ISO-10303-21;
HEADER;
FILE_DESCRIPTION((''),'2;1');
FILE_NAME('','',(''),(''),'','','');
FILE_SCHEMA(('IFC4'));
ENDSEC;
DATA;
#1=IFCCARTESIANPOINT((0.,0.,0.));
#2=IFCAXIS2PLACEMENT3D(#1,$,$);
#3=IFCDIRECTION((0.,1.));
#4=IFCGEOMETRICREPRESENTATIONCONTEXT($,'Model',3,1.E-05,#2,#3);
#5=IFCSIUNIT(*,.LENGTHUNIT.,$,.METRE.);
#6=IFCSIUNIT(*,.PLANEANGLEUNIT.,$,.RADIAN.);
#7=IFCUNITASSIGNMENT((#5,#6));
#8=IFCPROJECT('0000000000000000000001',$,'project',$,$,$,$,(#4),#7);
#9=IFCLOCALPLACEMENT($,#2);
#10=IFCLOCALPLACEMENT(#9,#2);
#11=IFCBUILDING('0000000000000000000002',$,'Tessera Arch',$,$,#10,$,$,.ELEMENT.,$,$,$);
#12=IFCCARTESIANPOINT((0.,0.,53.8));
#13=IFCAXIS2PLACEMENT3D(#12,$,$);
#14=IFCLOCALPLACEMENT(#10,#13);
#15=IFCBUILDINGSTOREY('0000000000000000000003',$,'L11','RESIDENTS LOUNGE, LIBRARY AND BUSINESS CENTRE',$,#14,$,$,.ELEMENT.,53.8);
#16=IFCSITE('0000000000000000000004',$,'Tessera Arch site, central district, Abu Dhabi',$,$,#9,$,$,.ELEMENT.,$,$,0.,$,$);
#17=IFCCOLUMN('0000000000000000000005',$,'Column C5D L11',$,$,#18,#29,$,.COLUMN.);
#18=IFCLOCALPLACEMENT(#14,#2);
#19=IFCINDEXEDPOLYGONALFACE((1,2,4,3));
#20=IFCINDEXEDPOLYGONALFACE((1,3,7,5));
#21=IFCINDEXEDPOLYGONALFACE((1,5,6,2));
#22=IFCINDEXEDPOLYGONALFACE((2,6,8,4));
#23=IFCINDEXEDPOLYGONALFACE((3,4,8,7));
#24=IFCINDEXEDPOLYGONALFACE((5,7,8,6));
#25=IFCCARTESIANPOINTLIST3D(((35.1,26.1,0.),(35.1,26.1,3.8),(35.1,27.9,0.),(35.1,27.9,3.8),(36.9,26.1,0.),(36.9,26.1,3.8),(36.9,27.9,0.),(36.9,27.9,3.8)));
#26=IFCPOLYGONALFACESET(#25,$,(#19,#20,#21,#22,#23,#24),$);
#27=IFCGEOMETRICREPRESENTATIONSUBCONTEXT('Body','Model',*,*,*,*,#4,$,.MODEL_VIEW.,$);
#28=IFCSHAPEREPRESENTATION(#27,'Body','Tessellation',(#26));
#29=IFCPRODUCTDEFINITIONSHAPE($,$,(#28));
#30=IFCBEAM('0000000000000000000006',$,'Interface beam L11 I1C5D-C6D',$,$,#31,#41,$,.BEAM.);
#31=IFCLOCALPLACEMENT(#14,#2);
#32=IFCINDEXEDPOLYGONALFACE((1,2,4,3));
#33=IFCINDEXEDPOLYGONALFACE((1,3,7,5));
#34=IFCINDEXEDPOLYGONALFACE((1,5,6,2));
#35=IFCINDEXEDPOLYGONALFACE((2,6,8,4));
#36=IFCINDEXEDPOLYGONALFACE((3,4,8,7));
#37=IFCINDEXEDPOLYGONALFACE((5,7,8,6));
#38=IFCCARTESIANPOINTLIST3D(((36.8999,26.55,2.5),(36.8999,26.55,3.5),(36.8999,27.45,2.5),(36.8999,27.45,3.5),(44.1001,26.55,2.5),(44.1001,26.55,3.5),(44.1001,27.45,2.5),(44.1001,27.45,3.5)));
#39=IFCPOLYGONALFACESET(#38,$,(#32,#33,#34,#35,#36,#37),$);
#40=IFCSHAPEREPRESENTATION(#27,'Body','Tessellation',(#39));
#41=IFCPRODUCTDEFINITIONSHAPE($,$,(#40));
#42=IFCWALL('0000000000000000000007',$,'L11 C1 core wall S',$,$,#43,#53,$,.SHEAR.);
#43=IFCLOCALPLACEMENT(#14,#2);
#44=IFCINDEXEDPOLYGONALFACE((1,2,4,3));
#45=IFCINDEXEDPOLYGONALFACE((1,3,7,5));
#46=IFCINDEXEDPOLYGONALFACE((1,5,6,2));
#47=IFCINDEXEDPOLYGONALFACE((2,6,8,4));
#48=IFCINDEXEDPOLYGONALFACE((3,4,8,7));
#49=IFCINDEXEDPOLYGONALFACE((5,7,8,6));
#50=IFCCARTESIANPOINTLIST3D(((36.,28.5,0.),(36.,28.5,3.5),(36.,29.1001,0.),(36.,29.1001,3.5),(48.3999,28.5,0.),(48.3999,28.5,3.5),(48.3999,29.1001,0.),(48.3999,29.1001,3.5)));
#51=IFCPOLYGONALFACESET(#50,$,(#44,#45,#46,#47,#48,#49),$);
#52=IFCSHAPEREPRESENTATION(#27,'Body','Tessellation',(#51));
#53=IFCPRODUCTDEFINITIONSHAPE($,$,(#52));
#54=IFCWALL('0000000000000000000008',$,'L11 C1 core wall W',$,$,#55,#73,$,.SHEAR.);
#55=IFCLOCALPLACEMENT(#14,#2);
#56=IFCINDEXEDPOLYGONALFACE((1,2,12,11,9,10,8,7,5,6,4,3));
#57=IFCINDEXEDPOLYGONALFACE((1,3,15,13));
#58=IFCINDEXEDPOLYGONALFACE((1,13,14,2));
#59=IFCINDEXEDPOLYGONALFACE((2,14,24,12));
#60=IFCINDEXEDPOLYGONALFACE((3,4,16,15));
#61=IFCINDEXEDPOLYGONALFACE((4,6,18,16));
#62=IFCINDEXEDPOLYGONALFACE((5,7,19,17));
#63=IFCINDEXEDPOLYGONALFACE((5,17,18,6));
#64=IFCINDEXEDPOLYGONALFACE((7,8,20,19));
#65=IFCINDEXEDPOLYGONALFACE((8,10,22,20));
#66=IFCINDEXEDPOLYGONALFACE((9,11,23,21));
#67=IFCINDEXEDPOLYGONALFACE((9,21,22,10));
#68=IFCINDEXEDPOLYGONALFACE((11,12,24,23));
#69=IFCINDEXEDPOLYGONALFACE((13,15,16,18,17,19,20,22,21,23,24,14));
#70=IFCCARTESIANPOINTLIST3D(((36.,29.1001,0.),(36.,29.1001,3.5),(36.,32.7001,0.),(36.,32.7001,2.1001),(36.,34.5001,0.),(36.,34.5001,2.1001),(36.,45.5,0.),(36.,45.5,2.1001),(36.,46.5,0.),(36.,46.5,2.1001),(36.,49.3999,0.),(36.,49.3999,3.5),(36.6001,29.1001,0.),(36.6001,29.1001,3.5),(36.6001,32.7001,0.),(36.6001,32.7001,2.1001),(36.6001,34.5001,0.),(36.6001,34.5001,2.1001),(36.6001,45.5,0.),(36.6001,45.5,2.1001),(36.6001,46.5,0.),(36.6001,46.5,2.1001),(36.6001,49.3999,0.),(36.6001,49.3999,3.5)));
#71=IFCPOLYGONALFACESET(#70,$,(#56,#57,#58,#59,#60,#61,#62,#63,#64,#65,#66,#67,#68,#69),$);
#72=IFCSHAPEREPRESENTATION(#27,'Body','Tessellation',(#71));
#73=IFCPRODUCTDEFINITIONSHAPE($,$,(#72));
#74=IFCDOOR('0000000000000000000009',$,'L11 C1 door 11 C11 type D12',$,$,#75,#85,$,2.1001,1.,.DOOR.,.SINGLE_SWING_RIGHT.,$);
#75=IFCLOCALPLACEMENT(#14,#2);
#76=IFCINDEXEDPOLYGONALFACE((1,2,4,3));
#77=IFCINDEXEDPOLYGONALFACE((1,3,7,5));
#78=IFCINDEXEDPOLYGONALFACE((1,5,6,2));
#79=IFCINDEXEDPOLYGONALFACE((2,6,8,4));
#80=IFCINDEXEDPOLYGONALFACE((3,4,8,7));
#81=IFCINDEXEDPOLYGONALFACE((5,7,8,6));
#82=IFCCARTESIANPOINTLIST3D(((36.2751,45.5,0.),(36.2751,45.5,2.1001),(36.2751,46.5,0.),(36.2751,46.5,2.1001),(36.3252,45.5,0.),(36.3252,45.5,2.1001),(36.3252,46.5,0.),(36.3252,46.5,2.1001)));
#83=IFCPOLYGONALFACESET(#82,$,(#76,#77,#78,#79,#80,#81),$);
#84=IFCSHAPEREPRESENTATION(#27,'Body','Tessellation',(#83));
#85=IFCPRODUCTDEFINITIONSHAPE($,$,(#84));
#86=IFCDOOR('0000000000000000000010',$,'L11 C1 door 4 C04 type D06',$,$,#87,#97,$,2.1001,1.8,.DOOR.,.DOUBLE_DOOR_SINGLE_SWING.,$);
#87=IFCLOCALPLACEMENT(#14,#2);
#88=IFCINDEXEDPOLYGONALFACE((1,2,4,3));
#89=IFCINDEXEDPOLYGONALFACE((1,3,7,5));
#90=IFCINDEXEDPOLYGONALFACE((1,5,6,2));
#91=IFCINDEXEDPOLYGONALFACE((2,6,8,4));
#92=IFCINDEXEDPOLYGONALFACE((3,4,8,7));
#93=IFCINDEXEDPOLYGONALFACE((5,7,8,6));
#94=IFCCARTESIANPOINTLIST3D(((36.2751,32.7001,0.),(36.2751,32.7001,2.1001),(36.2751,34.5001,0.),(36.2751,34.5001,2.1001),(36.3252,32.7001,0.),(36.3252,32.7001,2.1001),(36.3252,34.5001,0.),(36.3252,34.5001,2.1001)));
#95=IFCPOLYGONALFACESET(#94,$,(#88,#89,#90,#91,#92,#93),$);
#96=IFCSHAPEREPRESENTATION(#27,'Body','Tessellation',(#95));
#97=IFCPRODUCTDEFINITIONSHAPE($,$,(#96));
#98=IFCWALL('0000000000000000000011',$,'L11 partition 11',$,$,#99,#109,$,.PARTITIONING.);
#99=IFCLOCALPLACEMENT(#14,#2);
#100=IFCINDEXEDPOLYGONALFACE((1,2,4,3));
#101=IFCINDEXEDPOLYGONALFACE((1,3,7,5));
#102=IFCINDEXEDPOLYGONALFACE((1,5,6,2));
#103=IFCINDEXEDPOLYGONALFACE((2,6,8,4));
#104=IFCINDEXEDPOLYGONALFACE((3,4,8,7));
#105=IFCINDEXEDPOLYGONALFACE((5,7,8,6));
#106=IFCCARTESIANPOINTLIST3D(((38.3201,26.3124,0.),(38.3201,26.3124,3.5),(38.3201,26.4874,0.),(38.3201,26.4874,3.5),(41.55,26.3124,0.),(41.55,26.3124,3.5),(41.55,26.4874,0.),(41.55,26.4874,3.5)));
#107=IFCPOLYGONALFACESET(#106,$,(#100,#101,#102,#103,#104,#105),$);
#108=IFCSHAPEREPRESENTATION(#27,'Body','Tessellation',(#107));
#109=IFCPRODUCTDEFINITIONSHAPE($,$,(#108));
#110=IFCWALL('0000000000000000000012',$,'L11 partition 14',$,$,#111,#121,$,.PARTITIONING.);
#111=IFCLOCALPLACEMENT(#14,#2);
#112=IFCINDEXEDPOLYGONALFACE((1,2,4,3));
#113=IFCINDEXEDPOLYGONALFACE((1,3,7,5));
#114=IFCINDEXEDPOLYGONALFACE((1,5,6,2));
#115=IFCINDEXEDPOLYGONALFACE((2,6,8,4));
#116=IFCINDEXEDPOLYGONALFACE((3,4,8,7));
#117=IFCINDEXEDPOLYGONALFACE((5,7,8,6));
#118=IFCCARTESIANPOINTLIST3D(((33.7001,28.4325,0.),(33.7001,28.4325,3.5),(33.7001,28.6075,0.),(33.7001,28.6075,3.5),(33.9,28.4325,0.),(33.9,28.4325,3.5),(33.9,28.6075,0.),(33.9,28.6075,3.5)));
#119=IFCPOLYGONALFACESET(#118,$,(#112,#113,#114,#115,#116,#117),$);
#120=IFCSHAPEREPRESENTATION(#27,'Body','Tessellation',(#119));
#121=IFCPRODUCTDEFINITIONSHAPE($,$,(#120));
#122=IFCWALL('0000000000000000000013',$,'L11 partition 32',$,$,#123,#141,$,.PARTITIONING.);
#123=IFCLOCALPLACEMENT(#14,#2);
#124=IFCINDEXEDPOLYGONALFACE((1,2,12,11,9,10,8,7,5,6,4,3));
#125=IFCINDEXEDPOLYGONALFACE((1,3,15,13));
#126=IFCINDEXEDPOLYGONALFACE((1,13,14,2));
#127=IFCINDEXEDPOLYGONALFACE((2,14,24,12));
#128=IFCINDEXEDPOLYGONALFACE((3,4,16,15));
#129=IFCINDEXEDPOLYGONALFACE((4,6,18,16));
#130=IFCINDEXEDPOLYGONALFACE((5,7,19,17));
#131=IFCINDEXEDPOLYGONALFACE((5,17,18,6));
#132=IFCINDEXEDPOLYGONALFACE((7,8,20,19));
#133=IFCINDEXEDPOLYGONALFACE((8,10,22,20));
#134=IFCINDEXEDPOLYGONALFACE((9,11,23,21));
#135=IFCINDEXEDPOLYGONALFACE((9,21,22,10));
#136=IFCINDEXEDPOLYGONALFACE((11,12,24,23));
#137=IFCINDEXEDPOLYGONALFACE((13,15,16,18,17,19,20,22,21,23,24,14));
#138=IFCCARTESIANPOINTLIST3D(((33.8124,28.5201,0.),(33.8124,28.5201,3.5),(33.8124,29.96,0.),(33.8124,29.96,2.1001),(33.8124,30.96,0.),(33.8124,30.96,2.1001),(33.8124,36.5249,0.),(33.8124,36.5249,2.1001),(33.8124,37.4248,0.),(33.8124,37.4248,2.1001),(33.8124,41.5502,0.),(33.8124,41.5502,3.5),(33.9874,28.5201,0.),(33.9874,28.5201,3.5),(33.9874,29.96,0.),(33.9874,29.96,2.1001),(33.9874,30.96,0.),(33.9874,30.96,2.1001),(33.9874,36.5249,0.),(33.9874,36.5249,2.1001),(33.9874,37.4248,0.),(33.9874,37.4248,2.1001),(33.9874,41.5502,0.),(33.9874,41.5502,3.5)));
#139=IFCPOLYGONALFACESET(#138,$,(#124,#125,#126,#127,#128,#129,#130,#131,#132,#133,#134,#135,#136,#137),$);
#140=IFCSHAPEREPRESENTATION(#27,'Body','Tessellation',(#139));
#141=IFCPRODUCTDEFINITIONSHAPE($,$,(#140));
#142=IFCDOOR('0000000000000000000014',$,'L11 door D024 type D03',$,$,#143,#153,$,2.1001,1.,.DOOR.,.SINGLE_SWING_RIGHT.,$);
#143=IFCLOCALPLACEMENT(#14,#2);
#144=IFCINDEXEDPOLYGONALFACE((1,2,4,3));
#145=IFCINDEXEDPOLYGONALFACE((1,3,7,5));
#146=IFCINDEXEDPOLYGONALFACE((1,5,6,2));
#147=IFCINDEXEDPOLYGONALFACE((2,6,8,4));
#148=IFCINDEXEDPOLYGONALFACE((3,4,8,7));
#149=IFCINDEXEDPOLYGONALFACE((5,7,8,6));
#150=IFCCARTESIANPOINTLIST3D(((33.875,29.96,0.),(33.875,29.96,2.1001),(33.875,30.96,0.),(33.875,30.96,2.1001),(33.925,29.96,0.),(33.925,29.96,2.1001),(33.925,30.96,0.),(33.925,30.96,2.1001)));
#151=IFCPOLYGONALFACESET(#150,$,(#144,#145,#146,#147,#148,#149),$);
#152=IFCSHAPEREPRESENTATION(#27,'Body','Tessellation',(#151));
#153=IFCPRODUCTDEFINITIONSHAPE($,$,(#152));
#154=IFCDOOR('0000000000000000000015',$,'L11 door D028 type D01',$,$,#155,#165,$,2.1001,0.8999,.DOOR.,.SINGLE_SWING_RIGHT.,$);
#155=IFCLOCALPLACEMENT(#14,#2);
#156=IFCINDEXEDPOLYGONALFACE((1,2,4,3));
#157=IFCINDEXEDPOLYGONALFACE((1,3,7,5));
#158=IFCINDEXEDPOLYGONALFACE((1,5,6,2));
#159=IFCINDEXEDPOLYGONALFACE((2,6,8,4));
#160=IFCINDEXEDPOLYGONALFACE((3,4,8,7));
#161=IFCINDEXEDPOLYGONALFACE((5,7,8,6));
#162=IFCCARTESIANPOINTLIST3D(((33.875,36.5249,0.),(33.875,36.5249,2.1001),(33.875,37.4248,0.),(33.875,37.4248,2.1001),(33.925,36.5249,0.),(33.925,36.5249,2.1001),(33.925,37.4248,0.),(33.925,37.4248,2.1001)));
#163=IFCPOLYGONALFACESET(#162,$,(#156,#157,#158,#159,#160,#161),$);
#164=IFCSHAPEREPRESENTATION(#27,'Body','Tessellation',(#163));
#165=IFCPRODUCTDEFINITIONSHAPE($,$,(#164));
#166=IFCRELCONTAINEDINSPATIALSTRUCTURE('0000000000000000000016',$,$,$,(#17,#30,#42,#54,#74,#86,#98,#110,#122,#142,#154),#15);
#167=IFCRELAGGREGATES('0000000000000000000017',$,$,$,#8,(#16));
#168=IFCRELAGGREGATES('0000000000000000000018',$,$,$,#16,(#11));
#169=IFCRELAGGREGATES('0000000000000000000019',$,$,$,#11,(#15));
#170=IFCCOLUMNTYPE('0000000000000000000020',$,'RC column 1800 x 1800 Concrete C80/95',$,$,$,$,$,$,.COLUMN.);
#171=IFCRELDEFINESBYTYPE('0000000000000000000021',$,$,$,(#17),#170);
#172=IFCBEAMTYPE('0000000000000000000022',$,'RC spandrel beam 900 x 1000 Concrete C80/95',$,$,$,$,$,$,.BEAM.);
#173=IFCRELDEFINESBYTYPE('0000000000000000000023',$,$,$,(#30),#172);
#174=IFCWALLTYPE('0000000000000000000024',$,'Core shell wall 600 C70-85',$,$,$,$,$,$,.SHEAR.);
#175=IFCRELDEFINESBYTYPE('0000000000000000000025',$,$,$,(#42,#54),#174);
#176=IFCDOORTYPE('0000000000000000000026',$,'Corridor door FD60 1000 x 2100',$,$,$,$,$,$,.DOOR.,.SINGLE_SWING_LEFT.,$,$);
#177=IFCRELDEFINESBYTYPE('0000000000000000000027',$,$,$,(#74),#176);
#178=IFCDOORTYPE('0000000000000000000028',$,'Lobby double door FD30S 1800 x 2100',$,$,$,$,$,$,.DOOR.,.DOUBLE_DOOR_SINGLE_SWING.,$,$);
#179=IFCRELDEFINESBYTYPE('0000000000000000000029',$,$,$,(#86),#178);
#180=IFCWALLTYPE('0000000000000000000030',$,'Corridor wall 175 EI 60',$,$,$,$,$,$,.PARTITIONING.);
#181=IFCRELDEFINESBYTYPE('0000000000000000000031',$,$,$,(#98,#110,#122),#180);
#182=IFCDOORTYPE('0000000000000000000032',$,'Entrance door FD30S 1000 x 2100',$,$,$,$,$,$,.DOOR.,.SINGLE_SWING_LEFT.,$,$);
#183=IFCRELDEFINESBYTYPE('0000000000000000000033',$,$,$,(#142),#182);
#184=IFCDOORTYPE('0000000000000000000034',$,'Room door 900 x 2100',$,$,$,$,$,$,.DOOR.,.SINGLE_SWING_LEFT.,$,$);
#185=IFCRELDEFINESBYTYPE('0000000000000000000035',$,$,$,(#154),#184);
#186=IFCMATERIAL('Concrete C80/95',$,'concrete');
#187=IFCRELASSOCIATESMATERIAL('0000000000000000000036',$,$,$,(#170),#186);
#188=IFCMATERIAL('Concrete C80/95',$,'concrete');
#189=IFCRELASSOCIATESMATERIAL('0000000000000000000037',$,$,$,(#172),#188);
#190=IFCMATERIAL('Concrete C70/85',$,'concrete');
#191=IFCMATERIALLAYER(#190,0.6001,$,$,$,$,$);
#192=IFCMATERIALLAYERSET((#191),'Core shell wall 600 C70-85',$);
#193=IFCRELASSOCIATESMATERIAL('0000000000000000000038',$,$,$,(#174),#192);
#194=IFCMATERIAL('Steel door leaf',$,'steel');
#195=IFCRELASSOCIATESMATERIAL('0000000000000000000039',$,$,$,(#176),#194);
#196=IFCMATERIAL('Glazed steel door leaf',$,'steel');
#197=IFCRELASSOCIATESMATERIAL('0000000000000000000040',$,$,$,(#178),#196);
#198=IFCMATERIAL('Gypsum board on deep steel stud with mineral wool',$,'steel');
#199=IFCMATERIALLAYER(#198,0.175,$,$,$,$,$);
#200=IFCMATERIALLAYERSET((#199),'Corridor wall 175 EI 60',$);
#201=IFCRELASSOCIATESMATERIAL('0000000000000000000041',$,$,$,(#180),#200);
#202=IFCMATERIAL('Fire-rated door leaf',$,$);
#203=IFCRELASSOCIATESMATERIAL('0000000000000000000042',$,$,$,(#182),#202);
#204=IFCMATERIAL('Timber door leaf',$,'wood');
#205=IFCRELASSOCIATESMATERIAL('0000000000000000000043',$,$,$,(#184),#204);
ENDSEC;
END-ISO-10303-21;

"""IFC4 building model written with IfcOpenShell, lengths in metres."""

from ifc_helpers import new_model, si_unit, direction, frame, frame_2d, origin, origin_2d, place, context, subcontext, project, spatial, rectangle, extrude, material, layer, layer_set, material_profile, profile_set, type_object, element, fill, save


model = new_model("IFC4")

# Units and contexts
model_context = context("Model", 3, precision=1e-05, world=origin(), true_north=direction((0.0, 1.0)))
body_context = subcontext(model_context, "Body", "Model", "MODEL_VIEW")
ifc_project = project(units=[si_unit("LENGTHUNIT", "METRE"), si_unit("PLANEANGLEUNIT", "RADIAN")], contexts=[model_context])

# Site, building, storey
site_placement = place(None, origin())
site = spatial("IfcSite", under=ifc_project, at=site_placement, Name="Tessera Arch site, central district, Abu Dhabi", CompositionType="ELEMENT", RefElevation=0.0)
building_placement = place(site_placement, origin())
building = spatial("IfcBuilding", under=site, at=building_placement, Name="Tessera Arch", CompositionType="ELEMENT")
storey_placement = place(building_placement, frame((0.0, 0.0, 53.8)))
storey = spatial("IfcBuildingStorey", under=building, at=storey_placement, Name="L11", Description="RESIDENTS LOUNGE, LIBRARY AND BUSINESS CENTRE", CompositionType="ELEMENT", Elevation=53.8)

# Column
ifc_material_1 = material(Name="Concrete C80/95", Category="concrete")
ifc_material_profile_1 = material_profile(ifc_material_1, rectangle(XDim=1.8, YDim=1.8, at=origin_2d()), Name="RC column 1800 x 1800 Concrete C80/95")
ifc_profile_set_1 = profile_set([ifc_material_profile_1], Name="Concrete C80/95")
column_type = type_object("IfcColumnType", Name="RC column 1800 x 1800 Concrete C80/95", PredefinedType="COLUMN", material=ifc_profile_set_1)
column_placement = place(storey_placement, frame((36.0, 27.0, 0.0), z_axis=(0.0, 0.0, 1.0), x_axis=(1.0, 0.0, 0.0)))
element("IfcColumn", 1, at=column_placement, inside=storey, type_object=column_type, Name="Column C5D L11", PredefinedType="COLUMN", context=body_context, shape_type="SweptSolid", body=[
    extrude(rectangle(XDim=1.8, YDim=1.8, at=origin_2d()), origin(), (0.0, 0.0, 1.0), 3.8),
])

# Beam
ifc_material_2 = material(Name="Concrete C80/95", Category="concrete")
ifc_material_profile_2 = material_profile(ifc_material_2, rectangle(XDim=0.8999, YDim=1.0, at=origin_2d()), Name="RC spandrel beam 900 x 1000 Concrete C80/95")
ifc_profile_set_2 = profile_set([ifc_material_profile_2], Name="Concrete C80/95")
beam_type = type_object("IfcBeamType", Name="RC spandrel beam 900 x 1000 Concrete C80/95", PredefinedType="BEAM", material=ifc_profile_set_2)
beam_placement = place(storey_placement, frame((36.8999, 27.0, 3.0), z_axis=(1.0, 0.0, 0.0), x_axis=(0.0, 1.0, 0.0)))
element("IfcBeam", 2, at=beam_placement, inside=storey, type_object=beam_type, Name="Interface beam L11 I1C5D-C6D", PredefinedType="BEAM", context=body_context, shape_type="SweptSolid", body=[
    extrude(rectangle(XDim=0.8999, YDim=1.0, at=origin_2d()), origin(), (0.0, 0.0, 1.0), 7.2002),
])

# Wall
ifc_material_3 = material(Name="Concrete C70/85", Category="concrete")
ifc_layer_1 = layer(ifc_material_3, 0.6001)
ifc_layer_set_1 = layer_set([ifc_layer_1], Name="Core shell wall 600 C70-85")
wall_type_1 = type_object("IfcWallType", Name="Core shell wall 600 C70-85", PredefinedType="SHEAR", material=ifc_layer_set_1)
wall_1_placement = place(storey_placement, frame((36.0, 28.8, 0.0), z_axis=(0.0, 0.0, 1.0), x_axis=(1.0, 0.0, 0.0)))
element("IfcWall", 3, at=wall_1_placement, inside=storey, type_object=wall_type_1, Name="L11 C1 core wall S", PredefinedType="SHEAR", context=body_context, shape_type="SweptSolid", body=[
    extrude(rectangle(XDim=12.3999, YDim=0.6001, at=frame_2d((6.2, 0.0))), origin(), (0.0, 0.0, 1.0), 3.5),
])

# Wall, openings, doors
wall_2_placement = place(storey_placement, frame((36.3, 29.1001, 0.0), z_axis=(0.0, 0.0, 1.0), x_axis=(0.0, 1.0, 0.0)))
wall_2 = element("IfcWall", 4, at=wall_2_placement, inside=storey, type_object=wall_type_1, Name="L11 C1 core wall W", PredefinedType="SHEAR", context=body_context, shape_type="SweptSolid", body=[
    extrude(rectangle(XDim=20.2998, YDim=0.6001, at=frame_2d((10.1499, 0.0))), origin(), (0.0, 0.0, 1.0), 3.5),
])
opening_1_placement = place(wall_2_placement, frame((3.6001, 0.0, 0.0)))
opening_1 = element("IfcOpeningElement", 5, at=opening_1_placement, cuts=wall_2, PredefinedType="OPENING", context=body_context, shape_type="SweptSolid", body=[
    extrude(rectangle(XDim=1.8, YDim=2.1001, at=frame_2d((0.8999, 1.05))), frame((0.0, 0.3101, 0.0), z_axis=(0.0, -1.0, 0.0), x_axis=(1.0, 0.0, 0.0)), (0.0, 0.0, 1.0), 0.6201),
])
opening_2_placement = place(wall_2_placement, frame((16.3999, 0.0, 0.0)))
opening_2 = element("IfcOpeningElement", 6, at=opening_2_placement, cuts=wall_2, PredefinedType="OPENING", context=body_context, shape_type="SweptSolid", body=[
    extrude(rectangle(XDim=1.0, YDim=2.1001, at=frame_2d((0.5, 1.05))), frame((0.0, 0.3101, 0.0), z_axis=(0.0, -1.0, 0.0), x_axis=(1.0, 0.0, 0.0)), (0.0, 0.0, 1.0), 0.6201),
])
ifc_material_4 = material(Name="Steel door leaf", Category="steel")
door_type_1 = type_object("IfcDoorType", Name="Corridor door FD60 1000 x 2100", OperationType="SINGLE_SWING_LEFT", PredefinedType="DOOR", material=ifc_material_4)
door_1_placement = place(opening_2_placement, origin())
door_1 = element("IfcDoor", 7, at=door_1_placement, inside=storey, type_object=door_type_1, Name="L11 C1 door 11 C11 type D12", OperationType="SINGLE_SWING_RIGHT", OverallHeight=2.1001, OverallWidth=1.0, PredefinedType="DOOR", context=body_context, shape_type="SweptSolid", body=[
    extrude(rectangle(XDim=1.0, YDim=2.1001, at=frame_2d((0.5, 1.05))), frame((0.0, 0.0249, 0.0), z_axis=(0.0, -1.0, 0.0), x_axis=(1.0, 0.0, 0.0)), (0.0, 0.0, 1.0), 0.05),
])
fill(opening_2, door_1)
ifc_material_5 = material(Name="Glazed steel door leaf", Category="steel")
door_type_2 = type_object("IfcDoorType", Name="Lobby double door FD30S 1800 x 2100", OperationType="DOUBLE_DOOR_SINGLE_SWING", PredefinedType="DOOR", material=ifc_material_5)
door_2_placement = place(opening_1_placement, origin())
door_2 = element("IfcDoor", 8, at=door_2_placement, inside=storey, type_object=door_type_2, Name="L11 C1 door 4 C04 type D06", OperationType="DOUBLE_DOOR_SINGLE_SWING", OverallHeight=2.1001, OverallWidth=1.8, PredefinedType="DOOR", context=body_context, shape_type="SweptSolid", body=[
    extrude(rectangle(XDim=1.8, YDim=2.1001, at=frame_2d((0.8999, 1.05))), frame((0.0, 0.0249, 0.0), z_axis=(0.0, -1.0, 0.0), x_axis=(1.0, 0.0, 0.0)), (0.0, 0.0, 1.0), 0.05),
])
fill(opening_1, door_2)

# Walls
ifc_material_6 = material(Name="Gypsum board on deep steel stud with mineral wool", Category="steel")
ifc_layer_2 = layer(ifc_material_6, 0.175)
ifc_layer_set_2 = layer_set([ifc_layer_2], Name="Corridor wall 175 EI 60")
wall_type_2 = type_object("IfcWallType", Name="Corridor wall 175 EI 60", PredefinedType="PARTITIONING", material=ifc_layer_set_2)
wall_3_placement = place(storey_placement, frame((38.3201, 26.3999, 0.0), z_axis=(0.0, 0.0, 1.0), x_axis=(1.0, 0.0, 0.0)))
element("IfcWall", 9, at=wall_3_placement, inside=storey, type_object=wall_type_2, Name="L11 partition 11", PredefinedType="PARTITIONING", context=body_context, shape_type="SweptSolid", body=[
    extrude(rectangle(XDim=3.23, YDim=0.175, at=frame_2d((1.615, 0.0))), origin(), (0.0, 0.0, 1.0), 3.5),
])
wall_4_placement = place(storey_placement, frame((33.7, 28.52, 0.0), z_axis=(0.0, 0.0, 1.0), x_axis=(1.0, 0.0, 0.0)))
element("IfcWall", 10, at=wall_4_placement, inside=storey, type_object=wall_type_2, Name="L11 partition 14", PredefinedType="PARTITIONING", context=body_context, shape_type="SweptSolid", body=[
    extrude(rectangle(XDim=0.2, YDim=0.175, at=frame_2d((0.1001, 0.0))), origin(), (0.0, 0.0, 1.0), 3.5),
])

# Wall, openings, doors
wall_5_placement = place(storey_placement, frame((33.8999, 28.52, 0.0), z_axis=(0.0, 0.0, 1.0), x_axis=(0.0, 1.0, 0.0)))
wall_5 = element("IfcWall", 11, at=wall_5_placement, inside=storey, type_object=wall_type_2, Name="L11 partition 32", PredefinedType="PARTITIONING", context=body_context, shape_type="SweptSolid", body=[
    extrude(rectangle(XDim=13.03, YDim=0.175, at=frame_2d((6.5151, 0.0))), origin(), (0.0, 0.0, 1.0), 3.5),
])
opening_3_placement = place(wall_5_placement, frame((1.4399, 0.0, 0.0)))
opening_3 = element("IfcOpeningElement", 12, at=opening_3_placement, cuts=wall_5, PredefinedType="OPENING", context=body_context, shape_type="SweptSolid", body=[
    extrude(rectangle(XDim=1.0, YDim=2.1001, at=frame_2d((0.5, 1.05))), frame((0.0, 0.0974, 0.0), z_axis=(0.0, -1.0, 0.0), x_axis=(1.0, 0.0, 0.0)), (0.0, 0.0, 1.0), 0.1951),
])
opening_4_placement = place(wall_5_placement, frame((8.0049, 0.0, 0.0)))
opening_4 = element("IfcOpeningElement", 13, at=opening_4_placement, cuts=wall_5, PredefinedType="OPENING", context=body_context, shape_type="SweptSolid", body=[
    extrude(rectangle(XDim=0.8999, YDim=2.1001, at=frame_2d((0.45, 1.05))), frame((0.0, 0.0974, 0.0), z_axis=(0.0, -1.0, 0.0), x_axis=(1.0, 0.0, 0.0)), (0.0, 0.0, 1.0), 0.1951),
])
ifc_material_7 = material(Name="Fire-rated door leaf")
door_type_3 = type_object("IfcDoorType", Name="Entrance door FD30S 1000 x 2100", OperationType="SINGLE_SWING_LEFT", PredefinedType="DOOR", material=ifc_material_7)
door_3_placement = place(opening_3_placement, origin())
door_3 = element("IfcDoor", 14, at=door_3_placement, inside=storey, type_object=door_type_3, Name="L11 door D024 type D03", OperationType="SINGLE_SWING_RIGHT", OverallHeight=2.1001, OverallWidth=1.0, PredefinedType="DOOR", context=body_context, shape_type="SweptSolid", body=[
    extrude(rectangle(XDim=1.0, YDim=2.1001, at=frame_2d((0.5, 1.05))), frame((0.0, 0.0249, 0.0), z_axis=(0.0, -1.0, 0.0), x_axis=(1.0, 0.0, 0.0)), (0.0, 0.0, 1.0), 0.05),
])
fill(opening_3, door_3)
ifc_material_8 = material(Name="Timber door leaf", Category="wood")
door_type_4 = type_object("IfcDoorType", Name="Room door 900 x 2100", OperationType="SINGLE_SWING_LEFT", PredefinedType="DOOR", material=ifc_material_8)
door_4_placement = place(opening_4_placement, origin())
door_4 = element("IfcDoor", 15, at=door_4_placement, inside=storey, type_object=door_type_4, Name="L11 door D028 type D01", OperationType="SINGLE_SWING_RIGHT", OverallHeight=2.1001, OverallWidth=0.8999, PredefinedType="DOOR", context=body_context, shape_type="SweptSolid", body=[
    extrude(rectangle(XDim=0.8999, YDim=2.1001, at=frame_2d((0.45, 1.05))), frame((0.0, 0.0249, 0.0), z_axis=(0.0, -1.0, 0.0), x_axis=(1.0, 0.0, 0.0)), (0.0, 0.0, 1.0), 0.05),
])
fill(opening_4, door_4)

save(model, "model.ifc")
